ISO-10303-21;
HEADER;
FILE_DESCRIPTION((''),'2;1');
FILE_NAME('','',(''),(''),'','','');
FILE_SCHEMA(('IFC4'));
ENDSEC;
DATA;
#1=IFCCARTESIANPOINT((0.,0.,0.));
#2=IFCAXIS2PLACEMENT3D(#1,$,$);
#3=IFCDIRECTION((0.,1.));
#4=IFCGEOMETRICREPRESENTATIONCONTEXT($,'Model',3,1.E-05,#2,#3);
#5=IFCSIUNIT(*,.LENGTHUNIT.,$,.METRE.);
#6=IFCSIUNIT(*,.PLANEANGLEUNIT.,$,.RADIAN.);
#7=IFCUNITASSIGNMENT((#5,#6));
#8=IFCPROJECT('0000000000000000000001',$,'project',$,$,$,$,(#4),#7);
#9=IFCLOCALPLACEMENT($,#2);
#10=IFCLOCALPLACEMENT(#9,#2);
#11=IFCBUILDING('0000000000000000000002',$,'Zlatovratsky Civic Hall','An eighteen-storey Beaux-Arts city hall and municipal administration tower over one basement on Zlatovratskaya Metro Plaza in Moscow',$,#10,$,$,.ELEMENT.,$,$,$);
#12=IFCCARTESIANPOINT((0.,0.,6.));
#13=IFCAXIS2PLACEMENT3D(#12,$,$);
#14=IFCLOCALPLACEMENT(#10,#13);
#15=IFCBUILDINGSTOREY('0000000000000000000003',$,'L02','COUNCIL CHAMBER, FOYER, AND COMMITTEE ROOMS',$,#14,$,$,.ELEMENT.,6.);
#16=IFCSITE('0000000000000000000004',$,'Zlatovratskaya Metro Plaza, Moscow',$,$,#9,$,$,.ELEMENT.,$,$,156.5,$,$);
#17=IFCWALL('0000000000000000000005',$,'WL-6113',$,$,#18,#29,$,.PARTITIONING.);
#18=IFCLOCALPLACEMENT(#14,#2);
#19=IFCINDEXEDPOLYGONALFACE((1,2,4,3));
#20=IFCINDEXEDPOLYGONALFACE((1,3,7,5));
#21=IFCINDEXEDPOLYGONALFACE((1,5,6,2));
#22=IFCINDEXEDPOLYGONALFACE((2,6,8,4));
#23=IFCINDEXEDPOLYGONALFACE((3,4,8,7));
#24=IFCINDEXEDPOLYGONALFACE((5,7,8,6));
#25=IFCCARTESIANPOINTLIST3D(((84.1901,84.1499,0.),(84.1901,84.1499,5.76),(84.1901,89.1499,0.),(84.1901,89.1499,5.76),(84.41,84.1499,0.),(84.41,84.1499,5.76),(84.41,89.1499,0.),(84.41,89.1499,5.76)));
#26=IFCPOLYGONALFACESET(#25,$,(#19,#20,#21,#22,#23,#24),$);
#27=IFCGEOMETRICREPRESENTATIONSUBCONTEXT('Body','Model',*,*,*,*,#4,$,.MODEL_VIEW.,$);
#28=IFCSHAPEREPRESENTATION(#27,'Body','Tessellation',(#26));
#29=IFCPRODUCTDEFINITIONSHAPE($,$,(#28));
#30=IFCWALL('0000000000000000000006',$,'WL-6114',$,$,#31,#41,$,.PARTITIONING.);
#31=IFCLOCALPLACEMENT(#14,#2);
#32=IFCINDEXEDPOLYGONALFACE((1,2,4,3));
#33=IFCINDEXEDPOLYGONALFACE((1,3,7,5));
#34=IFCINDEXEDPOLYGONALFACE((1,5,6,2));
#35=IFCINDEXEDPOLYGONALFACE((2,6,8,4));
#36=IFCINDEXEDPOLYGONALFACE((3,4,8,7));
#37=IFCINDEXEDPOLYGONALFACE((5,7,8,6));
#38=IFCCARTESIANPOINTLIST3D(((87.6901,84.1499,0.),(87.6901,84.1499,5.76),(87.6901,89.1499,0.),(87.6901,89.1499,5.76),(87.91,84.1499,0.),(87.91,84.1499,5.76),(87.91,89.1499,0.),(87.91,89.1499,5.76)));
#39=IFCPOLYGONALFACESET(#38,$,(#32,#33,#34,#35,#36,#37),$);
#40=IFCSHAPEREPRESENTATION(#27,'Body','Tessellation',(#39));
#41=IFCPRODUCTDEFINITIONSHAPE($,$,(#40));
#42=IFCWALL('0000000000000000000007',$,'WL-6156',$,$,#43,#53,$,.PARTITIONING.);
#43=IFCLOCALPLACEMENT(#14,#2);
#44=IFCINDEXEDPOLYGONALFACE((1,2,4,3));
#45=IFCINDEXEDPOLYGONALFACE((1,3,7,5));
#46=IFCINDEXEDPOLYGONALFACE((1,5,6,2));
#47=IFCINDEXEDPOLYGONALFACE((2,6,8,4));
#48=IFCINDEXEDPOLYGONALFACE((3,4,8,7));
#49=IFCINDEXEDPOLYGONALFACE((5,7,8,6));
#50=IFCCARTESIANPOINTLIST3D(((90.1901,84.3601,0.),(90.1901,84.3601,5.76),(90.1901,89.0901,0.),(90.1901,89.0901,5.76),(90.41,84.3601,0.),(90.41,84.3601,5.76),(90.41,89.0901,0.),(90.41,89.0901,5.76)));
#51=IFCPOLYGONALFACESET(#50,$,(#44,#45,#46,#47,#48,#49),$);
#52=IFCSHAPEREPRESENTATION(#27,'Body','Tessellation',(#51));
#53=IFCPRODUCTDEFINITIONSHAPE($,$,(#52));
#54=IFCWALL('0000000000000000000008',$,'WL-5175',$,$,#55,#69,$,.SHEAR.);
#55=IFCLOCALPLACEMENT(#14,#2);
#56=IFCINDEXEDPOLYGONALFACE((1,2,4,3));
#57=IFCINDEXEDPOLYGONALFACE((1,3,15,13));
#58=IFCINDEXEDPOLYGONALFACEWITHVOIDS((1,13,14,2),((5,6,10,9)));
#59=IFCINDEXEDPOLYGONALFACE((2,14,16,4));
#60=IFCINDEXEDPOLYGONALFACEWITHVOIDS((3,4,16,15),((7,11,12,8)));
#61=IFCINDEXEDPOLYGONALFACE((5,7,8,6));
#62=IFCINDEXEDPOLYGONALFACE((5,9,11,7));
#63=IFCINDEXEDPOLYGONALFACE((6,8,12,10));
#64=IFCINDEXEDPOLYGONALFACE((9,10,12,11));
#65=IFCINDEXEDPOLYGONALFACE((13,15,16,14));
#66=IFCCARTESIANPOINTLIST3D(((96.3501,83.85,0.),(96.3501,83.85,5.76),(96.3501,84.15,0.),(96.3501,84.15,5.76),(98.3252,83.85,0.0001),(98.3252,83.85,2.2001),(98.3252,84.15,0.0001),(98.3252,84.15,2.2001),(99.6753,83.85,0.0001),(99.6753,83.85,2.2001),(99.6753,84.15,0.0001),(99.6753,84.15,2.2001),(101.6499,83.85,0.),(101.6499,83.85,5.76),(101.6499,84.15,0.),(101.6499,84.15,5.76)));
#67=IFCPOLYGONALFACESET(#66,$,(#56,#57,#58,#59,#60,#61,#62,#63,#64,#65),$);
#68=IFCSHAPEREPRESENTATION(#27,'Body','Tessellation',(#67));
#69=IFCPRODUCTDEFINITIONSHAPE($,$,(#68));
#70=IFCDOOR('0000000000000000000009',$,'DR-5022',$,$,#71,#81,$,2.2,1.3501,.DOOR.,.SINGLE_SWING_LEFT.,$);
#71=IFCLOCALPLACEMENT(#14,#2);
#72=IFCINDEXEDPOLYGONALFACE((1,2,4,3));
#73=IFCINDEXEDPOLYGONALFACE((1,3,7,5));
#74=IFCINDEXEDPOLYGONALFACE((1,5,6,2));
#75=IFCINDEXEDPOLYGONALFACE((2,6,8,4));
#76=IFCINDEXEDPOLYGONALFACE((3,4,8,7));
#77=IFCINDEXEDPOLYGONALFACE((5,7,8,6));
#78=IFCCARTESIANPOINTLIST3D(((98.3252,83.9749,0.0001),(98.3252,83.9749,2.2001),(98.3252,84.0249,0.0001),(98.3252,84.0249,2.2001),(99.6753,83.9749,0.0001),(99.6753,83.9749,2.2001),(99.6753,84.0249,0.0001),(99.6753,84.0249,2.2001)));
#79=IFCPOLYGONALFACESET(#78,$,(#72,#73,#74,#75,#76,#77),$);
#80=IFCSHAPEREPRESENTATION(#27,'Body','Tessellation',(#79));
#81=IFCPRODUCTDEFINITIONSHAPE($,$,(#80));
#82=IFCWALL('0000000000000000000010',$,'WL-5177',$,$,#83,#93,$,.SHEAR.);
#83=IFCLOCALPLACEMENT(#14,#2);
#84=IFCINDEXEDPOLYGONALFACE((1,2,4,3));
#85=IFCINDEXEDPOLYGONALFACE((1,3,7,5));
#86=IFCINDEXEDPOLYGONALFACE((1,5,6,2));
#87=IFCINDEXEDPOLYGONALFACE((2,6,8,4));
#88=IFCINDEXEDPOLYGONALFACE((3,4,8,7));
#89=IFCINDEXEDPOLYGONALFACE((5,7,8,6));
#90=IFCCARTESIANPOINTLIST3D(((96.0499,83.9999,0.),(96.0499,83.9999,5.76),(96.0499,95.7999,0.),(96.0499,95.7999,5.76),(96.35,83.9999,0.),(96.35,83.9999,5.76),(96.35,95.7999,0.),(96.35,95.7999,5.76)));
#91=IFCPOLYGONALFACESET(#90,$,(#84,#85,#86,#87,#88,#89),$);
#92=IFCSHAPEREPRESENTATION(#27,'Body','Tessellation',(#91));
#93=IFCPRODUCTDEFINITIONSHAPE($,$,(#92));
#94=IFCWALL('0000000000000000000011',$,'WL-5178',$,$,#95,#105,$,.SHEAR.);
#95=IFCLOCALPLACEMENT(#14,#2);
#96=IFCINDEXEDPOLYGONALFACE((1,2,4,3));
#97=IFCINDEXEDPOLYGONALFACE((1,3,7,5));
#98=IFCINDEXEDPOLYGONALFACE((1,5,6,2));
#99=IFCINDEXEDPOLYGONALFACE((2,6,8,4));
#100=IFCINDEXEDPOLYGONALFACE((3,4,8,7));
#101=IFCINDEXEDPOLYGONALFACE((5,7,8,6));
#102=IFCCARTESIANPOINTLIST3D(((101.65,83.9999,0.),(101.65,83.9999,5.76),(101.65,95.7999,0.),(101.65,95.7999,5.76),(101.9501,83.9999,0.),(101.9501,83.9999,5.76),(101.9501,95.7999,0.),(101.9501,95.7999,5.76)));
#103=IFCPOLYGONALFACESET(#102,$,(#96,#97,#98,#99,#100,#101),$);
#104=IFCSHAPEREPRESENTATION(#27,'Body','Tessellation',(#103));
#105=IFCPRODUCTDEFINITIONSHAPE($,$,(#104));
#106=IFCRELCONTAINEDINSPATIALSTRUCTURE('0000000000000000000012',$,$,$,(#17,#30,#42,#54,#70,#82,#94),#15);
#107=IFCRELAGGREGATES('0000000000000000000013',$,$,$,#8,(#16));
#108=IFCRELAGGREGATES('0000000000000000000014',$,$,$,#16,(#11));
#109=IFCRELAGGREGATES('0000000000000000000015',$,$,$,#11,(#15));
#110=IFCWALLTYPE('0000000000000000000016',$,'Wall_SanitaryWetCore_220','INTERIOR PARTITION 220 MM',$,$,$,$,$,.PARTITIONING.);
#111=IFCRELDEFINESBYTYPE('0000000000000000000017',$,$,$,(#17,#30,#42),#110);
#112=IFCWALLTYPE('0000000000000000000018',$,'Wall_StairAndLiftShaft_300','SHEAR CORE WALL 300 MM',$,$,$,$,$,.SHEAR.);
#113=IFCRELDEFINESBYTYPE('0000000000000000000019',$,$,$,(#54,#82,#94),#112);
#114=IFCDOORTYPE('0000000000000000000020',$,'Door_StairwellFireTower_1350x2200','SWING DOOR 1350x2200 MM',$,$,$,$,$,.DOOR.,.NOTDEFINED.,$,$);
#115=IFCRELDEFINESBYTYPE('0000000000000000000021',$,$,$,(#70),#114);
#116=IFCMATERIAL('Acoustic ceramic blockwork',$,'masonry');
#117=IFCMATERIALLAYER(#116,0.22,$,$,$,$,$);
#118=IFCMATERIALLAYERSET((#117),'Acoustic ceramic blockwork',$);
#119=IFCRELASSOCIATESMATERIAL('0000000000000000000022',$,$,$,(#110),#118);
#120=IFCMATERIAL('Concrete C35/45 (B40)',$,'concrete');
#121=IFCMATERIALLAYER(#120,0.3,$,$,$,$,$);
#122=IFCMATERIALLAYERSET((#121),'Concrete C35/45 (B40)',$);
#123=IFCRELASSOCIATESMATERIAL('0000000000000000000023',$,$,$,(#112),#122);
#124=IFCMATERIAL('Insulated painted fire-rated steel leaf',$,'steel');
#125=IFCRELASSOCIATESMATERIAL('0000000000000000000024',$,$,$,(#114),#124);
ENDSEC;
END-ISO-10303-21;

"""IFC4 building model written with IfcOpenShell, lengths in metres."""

from ifc_helpers import new_model, si_unit, direction, frame, frame_2d, origin, place, context, subcontext, project, spatial, rectangle, extrude, material, layer, layer_set, type_object, element, fill, save


model = new_model("IFC4")

# Units and contexts
model_context = context("Model", 3, precision=1e-05, world=origin(), true_north=direction((0.0, 1.0)))
body_context = subcontext(model_context, "Body", "Model", "MODEL_VIEW")
ifc_project = project(units=[si_unit("LENGTHUNIT", "METRE"), si_unit("PLANEANGLEUNIT", "RADIAN")], contexts=[model_context])

# Site, building, storey
site_placement = place(None, origin())
site = spatial("IfcSite", under=ifc_project, at=site_placement, Name="Zlatovratskaya Metro Plaza, Moscow", CompositionType="ELEMENT", RefElevation=156.5)
building_placement = place(site_placement, origin())
building = spatial("IfcBuilding", under=site, at=building_placement, Name="Zlatovratsky Civic Hall", Description="An eighteen-storey Beaux-Arts city hall and municipal administration tower over one basement on Zlatovratskaya Metro Plaza in Moscow", CompositionType="ELEMENT")
storey_placement = place(building_placement, frame((0.0, 0.0, 6.0)))
storey = spatial("IfcBuildingStorey", under=building, at=storey_placement, Name="L02", Description="COUNCIL CHAMBER, FOYER, AND COMMITTEE ROOMS", CompositionType="ELEMENT", Elevation=6.0)

# Shared definitions
ifc_material_1 = material(Name="Concrete C35/45 (B40)", Category="concrete")

# Shared definitions
ifc_material_2 = material(Name="Acoustic ceramic blockwork", Category="masonry")
ifc_material_3 = material(Name="Insulated painted fire-rated steel leaf", Category="steel")
ifc_layer_1 = layer(ifc_material_2, 0.22)
ifc_layer_set_1 = layer_set([ifc_layer_1], Name="Acoustic ceramic blockwork")
wall_type_1 = type_object("IfcWallType", Name="Wall_SanitaryWetCore_220", Description="INTERIOR PARTITION 220 MM", PredefinedType="PARTITIONING", material=ifc_layer_set_1)

# Walls
for number, where, z_axis, x_axis, name in (
    (1, (84.3, 84.1499, 0.0), (0.0, 0.0, 1.0), (0.0, 1.0, 0.0), "WL-6113"),
    (2, (87.8, 84.1499, 0.0), (0.0, 0.0, 1.0), (0.0, 1.0, 0.0), "WL-6114"),
):
    element("IfcWall", number, at=place(storey_placement, frame(where, z_axis=z_axis, x_axis=x_axis)), inside=storey, type_object=wall_type_1, Name=name, PredefinedType="PARTITIONING", context=body_context, shape_type="SweptSolid", body=[
        extrude(rectangle(XDim=5.0, YDim=0.22, at=frame_2d((2.5, 0.0))), origin(), (0.0, 0.0, 1.0), 5.76),
    ])
wall_1_placement = place(storey_placement, frame((90.3, 84.3601, 0.0), z_axis=(0.0, 0.0, 1.0), x_axis=(0.0, 1.0, 0.0)))
element("IfcWall", 3, at=wall_1_placement, inside=storey, type_object=wall_type_1, Name="WL-6156", PredefinedType="PARTITIONING", context=body_context, shape_type="SweptSolid", body=[
    extrude(rectangle(XDim=4.73, YDim=0.22, at=frame_2d((2.365, 0.0))), origin(), (0.0, 0.0, 1.0), 5.76),
])

# Wall, opening, door
ifc_layer_2 = layer(ifc_material_1, 0.3)
ifc_layer_set_2 = layer_set([ifc_layer_2], Name="Concrete C35/45 (B40)")
wall_type_2 = type_object("IfcWallType", Name="Wall_StairAndLiftShaft_300", Description="SHEAR CORE WALL 300 MM", PredefinedType="SHEAR", material=ifc_layer_set_2)
wall_2_placement = place(storey_placement, frame((96.3501, 84.0, 0.0), z_axis=(0.0, 0.0, 1.0), x_axis=(1.0, 0.0, 0.0)))
wall_2 = element("IfcWall", 4, at=wall_2_placement, inside=storey, type_object=wall_type_2, Name="WL-5175", PredefinedType="SHEAR", context=body_context, shape_type="SweptSolid", body=[
    extrude(rectangle(XDim=5.2998, YDim=0.3, at=frame_2d((2.6499, 0.0))), origin(), (0.0, 0.0, 1.0), 5.76),
])
opening_1_placement = place(wall_2_placement, frame((1.9751, 0.0, 0.0)))
opening_1 = element("IfcOpeningElement", 5, at=opening_1_placement, cuts=wall_2, PredefinedType="OPENING", context=body_context, shape_type="SweptSolid", body=[
    extrude(rectangle(XDim=1.3501, YDim=2.2, at=frame_2d((0.675, 1.1001))), frame((0.0, 0.165, 0.0), z_axis=(0.0, -1.0, 0.0), x_axis=(1.0, 0.0, 0.0)), (0.0, 0.0, 1.0), 0.3298),
])
door_type_1 = type_object("IfcDoorType", Name="Door_StairwellFireTower_1350x2200", Description="SWING DOOR 1350x2200 MM", OperationType="NOTDEFINED", PredefinedType="DOOR", material=ifc_material_3)
door_1_placement = place(opening_1_placement, origin())
door_1 = element("IfcDoor", 6, at=door_1_placement, inside=storey, type_object=door_type_1, Name="DR-5022", OperationType="SINGLE_SWING_LEFT", OverallHeight=2.2, OverallWidth=1.3501, PredefinedType="DOOR", context=body_context, shape_type="SweptSolid", body=[
    extrude(rectangle(XDim=1.3501, YDim=2.2, at=frame_2d((0.675, 1.1001))), frame((0.0, 0.0249, 0.0), z_axis=(0.0, -1.0, 0.0), x_axis=(1.0, 0.0, 0.0)), (0.0, 0.0, 1.0), 0.05),
])
fill(opening_1, door_1)

# Walls
for number, where, z_axis, x_axis, name in (
    (7, (96.2, 84.0, 0.0), (0.0, 0.0, 1.0), (0.0, 1.0, 0.0), "WL-5177"),
    (8, (101.8, 84.0, 0.0), (0.0, 0.0, 1.0), (0.0, 1.0, 0.0), "WL-5178"),
):
    element("IfcWall", number, at=place(storey_placement, frame(where, z_axis=z_axis, x_axis=x_axis)), inside=storey, type_object=wall_type_2, Name=name, PredefinedType="SHEAR", context=body_context, shape_type="SweptSolid", body=[
        extrude(rectangle(XDim=11.8, YDim=0.3, at=frame_2d((5.8999, 0.0))), origin(), (0.0, 0.0, 1.0), 5.76),
    ])

save(model, "model.ifc")
